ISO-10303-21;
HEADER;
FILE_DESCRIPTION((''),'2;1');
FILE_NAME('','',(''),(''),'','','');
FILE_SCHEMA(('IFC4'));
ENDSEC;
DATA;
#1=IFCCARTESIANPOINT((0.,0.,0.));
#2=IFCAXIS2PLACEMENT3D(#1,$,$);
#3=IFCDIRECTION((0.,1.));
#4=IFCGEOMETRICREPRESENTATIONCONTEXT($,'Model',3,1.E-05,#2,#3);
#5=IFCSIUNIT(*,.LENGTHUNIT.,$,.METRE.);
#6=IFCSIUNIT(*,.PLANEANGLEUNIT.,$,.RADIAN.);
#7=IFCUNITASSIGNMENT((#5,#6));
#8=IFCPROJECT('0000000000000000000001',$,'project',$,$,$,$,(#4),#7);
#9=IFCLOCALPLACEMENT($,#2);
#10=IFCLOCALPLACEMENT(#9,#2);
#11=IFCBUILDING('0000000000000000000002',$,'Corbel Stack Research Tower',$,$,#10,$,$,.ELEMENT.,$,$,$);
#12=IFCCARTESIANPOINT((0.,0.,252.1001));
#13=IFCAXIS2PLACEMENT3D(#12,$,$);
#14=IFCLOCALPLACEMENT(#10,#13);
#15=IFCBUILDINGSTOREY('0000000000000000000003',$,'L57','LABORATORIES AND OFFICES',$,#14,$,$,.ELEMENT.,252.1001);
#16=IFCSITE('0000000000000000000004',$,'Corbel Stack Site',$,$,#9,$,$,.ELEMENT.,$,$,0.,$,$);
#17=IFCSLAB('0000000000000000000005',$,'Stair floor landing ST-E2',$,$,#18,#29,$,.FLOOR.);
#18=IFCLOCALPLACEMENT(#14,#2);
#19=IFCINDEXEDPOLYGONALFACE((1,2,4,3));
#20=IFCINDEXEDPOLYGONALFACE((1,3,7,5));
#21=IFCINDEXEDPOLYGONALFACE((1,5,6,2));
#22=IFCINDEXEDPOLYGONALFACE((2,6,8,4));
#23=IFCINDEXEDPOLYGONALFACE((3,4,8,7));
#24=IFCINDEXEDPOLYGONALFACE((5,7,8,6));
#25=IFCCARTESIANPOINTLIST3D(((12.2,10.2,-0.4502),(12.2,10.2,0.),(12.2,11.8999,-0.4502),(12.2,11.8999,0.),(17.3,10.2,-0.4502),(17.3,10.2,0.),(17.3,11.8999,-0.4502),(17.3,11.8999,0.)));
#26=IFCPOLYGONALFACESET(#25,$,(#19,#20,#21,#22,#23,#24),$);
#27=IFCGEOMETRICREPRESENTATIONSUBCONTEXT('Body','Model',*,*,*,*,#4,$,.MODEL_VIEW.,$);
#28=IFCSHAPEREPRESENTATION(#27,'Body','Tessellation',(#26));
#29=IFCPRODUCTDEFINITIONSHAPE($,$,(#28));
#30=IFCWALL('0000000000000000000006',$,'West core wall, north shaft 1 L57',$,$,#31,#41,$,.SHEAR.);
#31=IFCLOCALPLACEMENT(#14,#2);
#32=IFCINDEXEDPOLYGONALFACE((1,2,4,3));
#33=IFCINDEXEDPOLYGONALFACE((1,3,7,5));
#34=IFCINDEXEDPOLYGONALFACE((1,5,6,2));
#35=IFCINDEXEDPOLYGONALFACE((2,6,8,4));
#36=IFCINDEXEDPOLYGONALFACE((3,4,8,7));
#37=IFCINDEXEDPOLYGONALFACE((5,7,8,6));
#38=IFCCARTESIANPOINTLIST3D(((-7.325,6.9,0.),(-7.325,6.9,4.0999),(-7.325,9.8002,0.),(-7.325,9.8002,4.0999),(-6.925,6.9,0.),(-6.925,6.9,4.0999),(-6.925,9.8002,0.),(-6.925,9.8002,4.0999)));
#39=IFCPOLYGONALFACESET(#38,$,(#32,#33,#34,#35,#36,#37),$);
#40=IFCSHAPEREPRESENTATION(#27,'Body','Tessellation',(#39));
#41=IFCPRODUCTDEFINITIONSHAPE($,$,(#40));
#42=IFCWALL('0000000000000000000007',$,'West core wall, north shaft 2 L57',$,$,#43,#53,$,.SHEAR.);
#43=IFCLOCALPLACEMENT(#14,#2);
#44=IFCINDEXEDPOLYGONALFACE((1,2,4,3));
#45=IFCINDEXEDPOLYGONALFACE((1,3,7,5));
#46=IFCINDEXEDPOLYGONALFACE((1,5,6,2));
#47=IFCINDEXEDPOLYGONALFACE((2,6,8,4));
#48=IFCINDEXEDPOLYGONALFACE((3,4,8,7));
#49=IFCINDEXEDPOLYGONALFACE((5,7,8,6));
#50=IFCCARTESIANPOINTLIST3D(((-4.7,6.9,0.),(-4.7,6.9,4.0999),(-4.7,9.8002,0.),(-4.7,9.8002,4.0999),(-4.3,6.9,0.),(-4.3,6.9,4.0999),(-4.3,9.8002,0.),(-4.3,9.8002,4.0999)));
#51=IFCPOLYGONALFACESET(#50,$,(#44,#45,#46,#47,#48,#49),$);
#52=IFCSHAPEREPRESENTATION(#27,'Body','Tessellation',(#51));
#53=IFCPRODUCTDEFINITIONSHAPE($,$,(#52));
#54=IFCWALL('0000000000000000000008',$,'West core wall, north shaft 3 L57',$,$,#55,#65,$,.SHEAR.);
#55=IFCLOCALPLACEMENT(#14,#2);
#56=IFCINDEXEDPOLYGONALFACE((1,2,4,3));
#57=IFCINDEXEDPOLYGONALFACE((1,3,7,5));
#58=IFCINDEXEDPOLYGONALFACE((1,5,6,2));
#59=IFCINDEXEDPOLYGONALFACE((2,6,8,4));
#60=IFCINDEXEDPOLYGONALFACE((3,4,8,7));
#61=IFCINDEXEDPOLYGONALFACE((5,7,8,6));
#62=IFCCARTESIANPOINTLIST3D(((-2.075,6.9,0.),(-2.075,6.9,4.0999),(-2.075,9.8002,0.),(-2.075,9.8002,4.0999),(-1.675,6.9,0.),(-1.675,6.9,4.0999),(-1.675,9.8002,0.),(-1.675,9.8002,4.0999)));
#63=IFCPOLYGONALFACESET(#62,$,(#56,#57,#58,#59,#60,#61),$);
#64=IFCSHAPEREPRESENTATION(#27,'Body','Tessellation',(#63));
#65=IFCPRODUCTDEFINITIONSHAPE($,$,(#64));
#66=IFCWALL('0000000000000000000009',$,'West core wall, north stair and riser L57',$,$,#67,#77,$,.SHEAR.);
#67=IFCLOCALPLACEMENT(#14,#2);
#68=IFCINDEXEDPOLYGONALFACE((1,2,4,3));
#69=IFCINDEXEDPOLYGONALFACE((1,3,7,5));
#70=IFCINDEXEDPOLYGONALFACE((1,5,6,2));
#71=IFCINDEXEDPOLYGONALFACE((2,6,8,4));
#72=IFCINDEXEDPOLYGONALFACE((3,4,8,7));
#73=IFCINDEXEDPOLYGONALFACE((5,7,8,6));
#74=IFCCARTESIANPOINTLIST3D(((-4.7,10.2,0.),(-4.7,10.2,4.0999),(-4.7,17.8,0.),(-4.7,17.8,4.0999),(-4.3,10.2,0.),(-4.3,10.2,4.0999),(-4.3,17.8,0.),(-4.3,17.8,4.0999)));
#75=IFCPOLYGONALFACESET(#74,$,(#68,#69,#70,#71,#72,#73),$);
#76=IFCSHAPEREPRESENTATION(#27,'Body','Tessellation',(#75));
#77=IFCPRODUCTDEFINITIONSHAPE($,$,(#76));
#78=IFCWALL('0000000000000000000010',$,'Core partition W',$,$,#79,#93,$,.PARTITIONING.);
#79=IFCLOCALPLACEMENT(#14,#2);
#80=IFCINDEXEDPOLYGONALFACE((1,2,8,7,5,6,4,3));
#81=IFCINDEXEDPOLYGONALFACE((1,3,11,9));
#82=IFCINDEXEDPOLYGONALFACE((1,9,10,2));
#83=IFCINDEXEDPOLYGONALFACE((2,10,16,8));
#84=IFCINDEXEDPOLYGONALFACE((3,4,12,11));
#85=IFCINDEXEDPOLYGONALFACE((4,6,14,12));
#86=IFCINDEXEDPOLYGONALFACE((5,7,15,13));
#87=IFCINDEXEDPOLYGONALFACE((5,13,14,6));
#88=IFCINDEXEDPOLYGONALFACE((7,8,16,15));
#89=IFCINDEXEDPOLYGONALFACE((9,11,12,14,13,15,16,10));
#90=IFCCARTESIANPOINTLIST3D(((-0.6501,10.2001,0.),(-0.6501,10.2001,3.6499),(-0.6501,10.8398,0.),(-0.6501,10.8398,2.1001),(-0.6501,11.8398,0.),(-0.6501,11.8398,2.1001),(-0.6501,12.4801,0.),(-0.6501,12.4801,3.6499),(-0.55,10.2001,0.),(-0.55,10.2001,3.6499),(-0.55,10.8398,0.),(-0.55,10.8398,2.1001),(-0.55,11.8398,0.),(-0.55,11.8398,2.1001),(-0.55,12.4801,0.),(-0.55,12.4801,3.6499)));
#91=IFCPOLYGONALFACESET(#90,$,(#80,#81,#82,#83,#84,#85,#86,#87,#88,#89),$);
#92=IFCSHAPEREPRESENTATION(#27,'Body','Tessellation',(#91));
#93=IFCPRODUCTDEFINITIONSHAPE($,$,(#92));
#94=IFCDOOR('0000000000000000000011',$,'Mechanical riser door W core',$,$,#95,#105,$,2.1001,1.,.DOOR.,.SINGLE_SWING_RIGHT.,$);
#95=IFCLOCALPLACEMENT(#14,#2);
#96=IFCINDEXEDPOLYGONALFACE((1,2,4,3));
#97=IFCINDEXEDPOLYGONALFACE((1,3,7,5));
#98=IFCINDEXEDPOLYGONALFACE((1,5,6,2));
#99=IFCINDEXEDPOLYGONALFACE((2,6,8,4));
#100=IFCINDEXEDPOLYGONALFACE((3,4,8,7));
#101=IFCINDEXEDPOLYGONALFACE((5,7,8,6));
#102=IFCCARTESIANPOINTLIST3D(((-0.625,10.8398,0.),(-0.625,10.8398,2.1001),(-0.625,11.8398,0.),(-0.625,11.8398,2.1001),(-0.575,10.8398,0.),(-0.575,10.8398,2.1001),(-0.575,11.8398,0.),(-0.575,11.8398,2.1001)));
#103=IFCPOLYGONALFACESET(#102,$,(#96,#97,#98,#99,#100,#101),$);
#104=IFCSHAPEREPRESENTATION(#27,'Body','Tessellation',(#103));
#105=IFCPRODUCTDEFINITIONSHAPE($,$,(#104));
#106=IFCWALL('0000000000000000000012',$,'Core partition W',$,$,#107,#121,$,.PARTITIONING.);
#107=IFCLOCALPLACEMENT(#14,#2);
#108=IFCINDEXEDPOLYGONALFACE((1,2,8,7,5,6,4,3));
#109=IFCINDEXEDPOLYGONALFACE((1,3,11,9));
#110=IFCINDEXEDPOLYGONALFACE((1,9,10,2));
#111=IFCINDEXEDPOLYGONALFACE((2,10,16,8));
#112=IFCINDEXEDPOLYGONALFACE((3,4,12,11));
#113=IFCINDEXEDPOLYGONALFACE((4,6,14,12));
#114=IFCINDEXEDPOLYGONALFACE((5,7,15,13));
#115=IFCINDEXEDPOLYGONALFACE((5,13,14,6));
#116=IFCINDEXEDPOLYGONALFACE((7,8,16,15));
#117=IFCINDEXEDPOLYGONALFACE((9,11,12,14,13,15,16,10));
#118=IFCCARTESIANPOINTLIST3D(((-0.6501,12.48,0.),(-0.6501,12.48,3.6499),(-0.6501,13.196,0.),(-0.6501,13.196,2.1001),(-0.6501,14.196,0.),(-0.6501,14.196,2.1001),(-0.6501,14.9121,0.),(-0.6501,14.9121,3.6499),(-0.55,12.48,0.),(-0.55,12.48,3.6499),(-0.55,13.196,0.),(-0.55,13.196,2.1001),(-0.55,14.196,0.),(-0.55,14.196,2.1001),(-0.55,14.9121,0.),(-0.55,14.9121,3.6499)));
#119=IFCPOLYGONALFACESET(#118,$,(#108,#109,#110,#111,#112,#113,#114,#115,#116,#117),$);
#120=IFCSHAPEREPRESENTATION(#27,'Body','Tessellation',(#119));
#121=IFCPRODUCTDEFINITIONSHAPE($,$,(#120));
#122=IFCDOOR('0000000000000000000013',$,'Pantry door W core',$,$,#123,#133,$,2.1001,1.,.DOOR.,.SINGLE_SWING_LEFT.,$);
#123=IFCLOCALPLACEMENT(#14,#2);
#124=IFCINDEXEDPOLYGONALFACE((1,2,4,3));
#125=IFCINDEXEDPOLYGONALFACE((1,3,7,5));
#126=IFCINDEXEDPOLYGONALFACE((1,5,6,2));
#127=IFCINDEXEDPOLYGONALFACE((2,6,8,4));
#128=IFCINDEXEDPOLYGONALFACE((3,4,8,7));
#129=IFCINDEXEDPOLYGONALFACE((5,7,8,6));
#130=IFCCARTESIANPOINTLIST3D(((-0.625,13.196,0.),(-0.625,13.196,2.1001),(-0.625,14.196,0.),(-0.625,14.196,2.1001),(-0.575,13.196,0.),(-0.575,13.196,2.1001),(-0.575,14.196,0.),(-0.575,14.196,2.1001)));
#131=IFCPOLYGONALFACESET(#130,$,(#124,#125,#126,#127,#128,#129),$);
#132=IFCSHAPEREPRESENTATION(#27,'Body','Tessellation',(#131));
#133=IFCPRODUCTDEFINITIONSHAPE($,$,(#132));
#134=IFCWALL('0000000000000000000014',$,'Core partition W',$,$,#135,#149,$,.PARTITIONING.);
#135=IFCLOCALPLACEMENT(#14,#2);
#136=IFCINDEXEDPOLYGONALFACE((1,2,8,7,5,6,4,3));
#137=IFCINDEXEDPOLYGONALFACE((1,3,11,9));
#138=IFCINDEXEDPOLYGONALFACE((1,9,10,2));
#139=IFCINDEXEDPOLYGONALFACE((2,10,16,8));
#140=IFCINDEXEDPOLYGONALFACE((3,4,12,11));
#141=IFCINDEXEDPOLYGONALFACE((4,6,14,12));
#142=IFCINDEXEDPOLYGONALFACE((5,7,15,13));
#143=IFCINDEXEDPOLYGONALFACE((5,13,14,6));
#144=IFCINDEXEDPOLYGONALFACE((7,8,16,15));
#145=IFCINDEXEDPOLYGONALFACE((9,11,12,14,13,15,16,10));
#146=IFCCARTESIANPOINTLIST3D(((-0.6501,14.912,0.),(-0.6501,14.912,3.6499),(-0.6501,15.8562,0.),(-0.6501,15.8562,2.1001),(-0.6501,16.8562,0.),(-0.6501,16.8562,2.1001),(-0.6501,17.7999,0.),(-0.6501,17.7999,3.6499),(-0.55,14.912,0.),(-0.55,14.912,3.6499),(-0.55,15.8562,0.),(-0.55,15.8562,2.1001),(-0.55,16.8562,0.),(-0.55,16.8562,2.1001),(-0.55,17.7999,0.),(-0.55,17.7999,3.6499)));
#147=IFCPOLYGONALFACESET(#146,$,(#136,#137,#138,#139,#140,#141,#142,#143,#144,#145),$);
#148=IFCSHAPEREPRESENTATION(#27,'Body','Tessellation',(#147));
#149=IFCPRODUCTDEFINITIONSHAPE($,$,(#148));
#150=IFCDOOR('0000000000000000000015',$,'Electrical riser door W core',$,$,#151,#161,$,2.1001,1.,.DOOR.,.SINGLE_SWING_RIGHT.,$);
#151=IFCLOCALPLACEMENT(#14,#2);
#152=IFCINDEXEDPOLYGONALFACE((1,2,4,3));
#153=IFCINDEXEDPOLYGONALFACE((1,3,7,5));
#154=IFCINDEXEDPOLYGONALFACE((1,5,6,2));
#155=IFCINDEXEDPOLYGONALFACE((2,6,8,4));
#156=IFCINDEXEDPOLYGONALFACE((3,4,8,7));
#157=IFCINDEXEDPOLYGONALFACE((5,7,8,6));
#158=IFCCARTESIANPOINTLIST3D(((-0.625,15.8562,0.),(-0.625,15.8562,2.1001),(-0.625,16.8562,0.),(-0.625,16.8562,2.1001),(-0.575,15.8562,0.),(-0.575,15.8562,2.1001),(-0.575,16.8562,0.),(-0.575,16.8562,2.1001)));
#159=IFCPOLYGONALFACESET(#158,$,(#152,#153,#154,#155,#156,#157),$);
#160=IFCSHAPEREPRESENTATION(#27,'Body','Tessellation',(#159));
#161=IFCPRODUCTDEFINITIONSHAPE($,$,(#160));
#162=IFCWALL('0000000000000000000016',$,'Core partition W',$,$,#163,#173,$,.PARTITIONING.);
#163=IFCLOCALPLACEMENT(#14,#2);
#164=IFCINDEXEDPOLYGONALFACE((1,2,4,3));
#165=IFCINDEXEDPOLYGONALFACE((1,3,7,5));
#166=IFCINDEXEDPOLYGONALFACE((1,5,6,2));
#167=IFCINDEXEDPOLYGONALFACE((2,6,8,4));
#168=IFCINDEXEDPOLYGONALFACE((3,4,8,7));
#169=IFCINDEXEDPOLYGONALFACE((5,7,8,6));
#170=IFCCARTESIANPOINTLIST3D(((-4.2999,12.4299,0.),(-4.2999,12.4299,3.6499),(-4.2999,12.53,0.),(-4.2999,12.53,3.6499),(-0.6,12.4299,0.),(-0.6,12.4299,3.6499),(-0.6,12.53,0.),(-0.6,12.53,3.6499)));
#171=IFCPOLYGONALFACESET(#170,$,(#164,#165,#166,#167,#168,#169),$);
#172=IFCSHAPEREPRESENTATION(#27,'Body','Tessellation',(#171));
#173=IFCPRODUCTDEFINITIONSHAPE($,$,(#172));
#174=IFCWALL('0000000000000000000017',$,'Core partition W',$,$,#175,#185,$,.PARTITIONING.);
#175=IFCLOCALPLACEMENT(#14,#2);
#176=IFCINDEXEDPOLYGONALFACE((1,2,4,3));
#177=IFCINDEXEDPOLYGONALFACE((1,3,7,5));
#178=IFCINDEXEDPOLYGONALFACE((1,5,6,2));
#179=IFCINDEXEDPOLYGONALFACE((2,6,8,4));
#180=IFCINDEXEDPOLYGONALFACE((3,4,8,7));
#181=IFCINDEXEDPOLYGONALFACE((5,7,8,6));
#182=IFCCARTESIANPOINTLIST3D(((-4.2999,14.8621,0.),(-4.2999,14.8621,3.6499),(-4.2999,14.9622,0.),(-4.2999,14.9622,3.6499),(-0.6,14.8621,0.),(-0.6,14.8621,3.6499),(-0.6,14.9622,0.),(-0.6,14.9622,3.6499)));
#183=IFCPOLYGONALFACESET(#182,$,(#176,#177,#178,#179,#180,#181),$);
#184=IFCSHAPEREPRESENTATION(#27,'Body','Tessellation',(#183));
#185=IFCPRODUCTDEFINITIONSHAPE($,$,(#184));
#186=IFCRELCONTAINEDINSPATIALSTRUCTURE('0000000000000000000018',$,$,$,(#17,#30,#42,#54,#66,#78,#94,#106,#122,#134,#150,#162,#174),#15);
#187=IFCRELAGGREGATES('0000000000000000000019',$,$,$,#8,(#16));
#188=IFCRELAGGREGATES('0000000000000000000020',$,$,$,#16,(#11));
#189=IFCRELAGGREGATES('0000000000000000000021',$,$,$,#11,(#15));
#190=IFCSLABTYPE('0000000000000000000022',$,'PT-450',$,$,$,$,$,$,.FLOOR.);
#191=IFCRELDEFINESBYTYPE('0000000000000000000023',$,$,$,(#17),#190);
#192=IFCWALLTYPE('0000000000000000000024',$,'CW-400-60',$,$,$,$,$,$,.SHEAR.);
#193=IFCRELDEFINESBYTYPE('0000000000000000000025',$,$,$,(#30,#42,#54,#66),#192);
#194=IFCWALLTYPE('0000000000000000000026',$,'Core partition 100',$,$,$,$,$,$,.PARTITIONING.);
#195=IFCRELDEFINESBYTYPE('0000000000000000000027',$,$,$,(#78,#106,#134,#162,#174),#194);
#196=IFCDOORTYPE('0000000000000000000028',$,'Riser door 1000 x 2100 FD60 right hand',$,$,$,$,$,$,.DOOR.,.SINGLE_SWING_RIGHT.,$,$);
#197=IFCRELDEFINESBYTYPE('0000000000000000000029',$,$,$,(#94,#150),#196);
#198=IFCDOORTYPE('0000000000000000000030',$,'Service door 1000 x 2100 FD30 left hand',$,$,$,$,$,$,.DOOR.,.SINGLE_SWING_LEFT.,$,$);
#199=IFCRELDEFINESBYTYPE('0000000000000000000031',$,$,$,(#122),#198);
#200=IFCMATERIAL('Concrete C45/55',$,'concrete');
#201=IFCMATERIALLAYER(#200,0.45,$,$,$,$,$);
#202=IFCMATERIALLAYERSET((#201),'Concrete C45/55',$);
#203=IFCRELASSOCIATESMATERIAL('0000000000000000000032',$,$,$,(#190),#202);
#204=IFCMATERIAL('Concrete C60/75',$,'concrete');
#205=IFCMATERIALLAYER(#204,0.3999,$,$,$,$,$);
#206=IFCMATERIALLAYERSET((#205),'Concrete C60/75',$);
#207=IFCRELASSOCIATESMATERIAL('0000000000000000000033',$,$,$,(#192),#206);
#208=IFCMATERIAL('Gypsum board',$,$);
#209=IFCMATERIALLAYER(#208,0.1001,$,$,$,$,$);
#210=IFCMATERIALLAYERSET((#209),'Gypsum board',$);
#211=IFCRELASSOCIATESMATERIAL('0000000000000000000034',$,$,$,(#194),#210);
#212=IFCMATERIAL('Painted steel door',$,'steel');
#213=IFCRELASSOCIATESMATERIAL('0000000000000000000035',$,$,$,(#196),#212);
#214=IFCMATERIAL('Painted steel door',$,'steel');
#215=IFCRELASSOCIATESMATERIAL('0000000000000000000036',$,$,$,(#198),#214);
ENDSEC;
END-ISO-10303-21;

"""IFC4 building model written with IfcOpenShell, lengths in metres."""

from ifc_helpers import new_model, si_unit, direction, frame, frame_2d, origin, place, context, subcontext, project, spatial, polyline, rectangle, outline, extrude, material, layer, layer_set, type_object, element, fill, save


model = new_model("IFC4")

# Units and contexts
model_context = context("Model", 3, precision=1e-05, world=origin(), true_north=direction((0.0, 1.0)))
body_context = subcontext(model_context, "Body", "Model", "MODEL_VIEW")
ifc_project = project(units=[si_unit("LENGTHUNIT", "METRE"), si_unit("PLANEANGLEUNIT", "RADIAN")], contexts=[model_context])

# Site, building, storey
site_placement = place(None, origin())
site = spatial("IfcSite", under=ifc_project, at=site_placement, Name="Corbel Stack Site", CompositionType="ELEMENT", RefElevation=0.0)
building_placement = place(site_placement, origin())
building = spatial("IfcBuilding", under=site, at=building_placement, Name="Corbel Stack Research Tower", CompositionType="ELEMENT")
storey_placement = place(building_placement, frame((0.0, 0.0, 252.1001)))
storey = spatial("IfcBuildingStorey", under=building, at=storey_placement, Name="L57", Description="LABORATORIES AND OFFICES", CompositionType="ELEMENT", Elevation=252.1001)

# Slab
ifc_material_1 = material(Name="Concrete C45/55", Category="concrete")
ifc_layer_1 = layer(ifc_material_1, 0.45)
ifc_layer_set_1 = layer_set([ifc_layer_1], Name="Concrete C45/55")
slab_type = type_object("IfcSlabType", Name="PT-450", PredefinedType="FLOOR", material=ifc_layer_set_1)
slab_placement = place(storey_placement, frame((0.0, 0.0, -0.4502)))
element("IfcSlab", 1, at=slab_placement, inside=storey, type_object=slab_type, Name="Stair floor landing ST-E2", PredefinedType="FLOOR", context=body_context, shape_type="SweptSolid", body=[
    extrude(outline(polyline([(12.2, 10.2), (17.3, 10.2), (17.3, 11.8999), (12.2, 11.8999), (12.2, 10.2)])), origin(), (0.0, 0.0, 1.0), 0.4502),
])

# Walls
ifc_material_2 = material(Name="Concrete C60/75", Category="concrete")
ifc_layer_2 = layer(ifc_material_2, 0.3999)
ifc_layer_set_2 = layer_set([ifc_layer_2], Name="Concrete C60/75")
wall_type_1 = type_object("IfcWallType", Name="CW-400-60", PredefinedType="SHEAR", material=ifc_layer_set_2)
for number, where, z_axis, x_axis, name in (
    (2, (-7.125, 6.8999, 0.0), (0.0, 0.0, 1.0), (0.0, 1.0, 0.0), "West core wall, north shaft 1 L57"),
    (3, (-4.5, 6.8999, 0.0), (0.0, 0.0, 1.0), (0.0, 1.0, 0.0), "West core wall, north shaft 2 L57"),
    (4, (-1.875, 6.8999, 0.0), (0.0, 0.0, 1.0), (0.0, 1.0, 0.0), "West core wall, north shaft 3 L57"),
):
    element("IfcWall", number, at=place(storey_placement, frame(where, z_axis=z_axis, x_axis=x_axis)), inside=storey, type_object=wall_type_1, Name=name, PredefinedType="SHEAR", context=body_context, shape_type="SweptSolid", body=[
        extrude(rectangle(XDim=2.9001, YDim=0.3999, at=frame_2d((1.4502, 0.0))), origin(), (0.0, 0.0, 1.0), 4.0999),
    ])
wall_1_placement = place(storey_placement, frame((-4.5, 10.2, 0.0), z_axis=(0.0, 0.0, 1.0), x_axis=(0.0, 1.0, 0.0)))
element("IfcWall", 5, at=wall_1_placement, inside=storey, type_object=wall_type_1, Name="West core wall, north stair and riser L57", PredefinedType="SHEAR", context=body_context, shape_type="SweptSolid", body=[
    extrude(rectangle(XDim=7.6001, YDim=0.3999, at=frame_2d((3.8, 0.0))), origin(), (0.0, 0.0, 1.0), 4.0999),
])

# Walls, openings, doors
ifc_material_3 = material(Name="Gypsum board")
ifc_layer_3 = layer(ifc_material_3, 0.1001)
ifc_layer_set_3 = layer_set([ifc_layer_3], Name="Gypsum board")
wall_type_2 = type_object("IfcWallType", Name="Core partition 100", PredefinedType="PARTITIONING", material=ifc_layer_set_3)
wall_2_placement = place(storey_placement, frame((-0.6001, 10.2, 0.0), z_axis=(0.0, 0.0, 1.0), x_axis=(0.0, 1.0, 0.0)))
wall_2 = element("IfcWall", 6, at=wall_2_placement, inside=storey, type_object=wall_type_2, Name="Core partition W", PredefinedType="PARTITIONING", context=body_context, shape_type="SweptSolid", body=[
    extrude(rectangle(XDim=2.28, YDim=0.1001, at=frame_2d((1.1401, 0.0))), origin(), (0.0, 0.0, 1.0), 3.6499),
])
opening_1_placement = place(wall_2_placement, frame((0.6399, 0.0, 0.0)))
opening_1 = element("IfcOpeningElement", 7, at=opening_1_placement, cuts=wall_2, PredefinedType="OPENING", context=body_context, shape_type="SweptSolid", body=[
    extrude(rectangle(XDim=1.0, YDim=2.1001, at=frame_2d((0.5, 1.05))), frame((0.0, 0.0601, 0.0), z_axis=(0.0, -1.0, 0.0), x_axis=(1.0, 0.0, 0.0)), (0.0, 0.0, 1.0), 0.1201),
])
ifc_material_4 = material(Name="Painted steel door", Category="steel")
door_type_1 = type_object("IfcDoorType", Name="Riser door 1000 x 2100 FD60 right hand", OperationType="SINGLE_SWING_RIGHT", PredefinedType="DOOR", material=ifc_material_4)
door_1_placement = place(opening_1_placement, origin())
door_1 = element("IfcDoor", 8, at=door_1_placement, inside=storey, type_object=door_type_1, Name="Mechanical riser door W core", OperationType="SINGLE_SWING_RIGHT", OverallHeight=2.1001, OverallWidth=1.0, PredefinedType="DOOR", context=body_context, shape_type="SweptSolid", body=[
    extrude(rectangle(XDim=1.0, YDim=2.1001, at=frame_2d((0.5, 1.05))), frame((0.0, 0.0249, 0.0), z_axis=(0.0, -1.0, 0.0), x_axis=(1.0, 0.0, 0.0)), (0.0, 0.0, 1.0), 0.05),
])
fill(opening_1, door_1)
wall_3_placement = place(storey_placement, frame((-0.6001, 12.48, 0.0), z_axis=(0.0, 0.0, 1.0), x_axis=(0.0, 1.0, 0.0)))
wall_3 = element("IfcWall", 9, at=wall_3_placement, inside=storey, type_object=wall_type_2, Name="Core partition W", PredefinedType="PARTITIONING", context=body_context, shape_type="SweptSolid", body=[
    extrude(rectangle(XDim=2.4321, YDim=0.1001, at=frame_2d((1.2161, 0.0))), origin(), (0.0, 0.0, 1.0), 3.6499),
])
opening_2_placement = place(wall_3_placement, frame((0.7161, 0.0, 0.0)))
opening_2 = element("IfcOpeningElement", 10, at=opening_2_placement, cuts=wall_3, PredefinedType="OPENING", context=body_context, shape_type="SweptSolid", body=[
    extrude(rectangle(XDim=1.0, YDim=2.1001, at=frame_2d((0.5, 1.05))), frame((0.0, 0.0601, 0.0), z_axis=(0.0, -1.0, 0.0), x_axis=(1.0, 0.0, 0.0)), (0.0, 0.0, 1.0), 0.1201),
])
ifc_material_5 = material(Name="Painted steel door", Category="steel")
door_type_2 = type_object("IfcDoorType", Name="Service door 1000 x 2100 FD30 left hand", OperationType="SINGLE_SWING_LEFT", PredefinedType="DOOR", material=ifc_material_5)
door_2_placement = place(opening_2_placement, origin())
door_2 = element("IfcDoor", 11, at=door_2_placement, inside=storey, type_object=door_type_2, Name="Pantry door W core", OperationType="SINGLE_SWING_LEFT", OverallHeight=2.1001, OverallWidth=1.0, PredefinedType="DOOR", context=body_context, shape_type="SweptSolid", body=[
    extrude(rectangle(XDim=1.0, YDim=2.1001, at=frame_2d((0.5, 1.05))), frame((0.0, 0.0249, 0.0), z_axis=(0.0, -1.0, 0.0), x_axis=(1.0, 0.0, 0.0)), (0.0, 0.0, 1.0), 0.05),
])
fill(opening_2, door_2)
wall_4_placement = place(storey_placement, frame((-0.6001, 14.9121, 0.0), z_axis=(0.0, 0.0, 1.0), x_axis=(0.0, 1.0, 0.0)))
wall_4 = element("IfcWall", 12, at=wall_4_placement, inside=storey, type_object=wall_type_2, Name="Core partition W", PredefinedType="PARTITIONING", context=body_context, shape_type="SweptSolid", body=[
    extrude(rectangle(XDim=2.8879, YDim=0.1001, at=frame_2d((1.4438, 0.0))), origin(), (0.0, 0.0, 1.0), 3.6499),
])
opening_3_placement = place(wall_4_placement, frame((0.9441, 0.0, 0.0)))
opening_3 = element("IfcOpeningElement", 13, at=opening_3_placement, cuts=wall_4, PredefinedType="OPENING", context=body_context, shape_type="SweptSolid", body=[
    extrude(rectangle(XDim=1.0, YDim=2.1001, at=frame_2d((0.5, 1.05))), frame((0.0, 0.0601, 0.0), z_axis=(0.0, -1.0, 0.0), x_axis=(1.0, 0.0, 0.0)), (0.0, 0.0, 1.0), 0.1201),
])
door_3_placement = place(opening_3_placement, origin())
door_3 = element("IfcDoor", 14, at=door_3_placement, inside=storey, type_object=door_type_1, Name="Electrical riser door W core", OperationType="SINGLE_SWING_RIGHT", OverallHeight=2.1001, OverallWidth=1.0, PredefinedType="DOOR", context=body_context, shape_type="SweptSolid", body=[
    extrude(rectangle(XDim=1.0, YDim=2.1001, at=frame_2d((0.5, 1.05))), frame((0.0, 0.0249, 0.0), z_axis=(0.0, -1.0, 0.0), x_axis=(1.0, 0.0, 0.0)), (0.0, 0.0, 1.0), 0.05),
])
fill(opening_3, door_3)

# Walls
for number, where, z_axis, x_axis, name in (
    (15, (-4.3, 12.48, 0.0), (0.0, 0.0, 1.0), (1.0, 0.0, 0.0), "Core partition W"),
    (16, (-4.3, 14.9121, 0.0), (0.0, 0.0, 1.0), (1.0, 0.0, 0.0), "Core partition W"),
):
    element("IfcWall", number, at=place(storey_placement, frame(where, z_axis=z_axis, x_axis=x_axis)), inside=storey, type_object=wall_type_2, Name=name, PredefinedType="PARTITIONING", context=body_context, shape_type="SweptSolid", body=[
        extrude(rectangle(XDim=3.7, YDim=0.1001, at=frame_2d((1.8501, 0.0))), origin(), (0.0, 0.0, 1.0), 3.6499),
    ])

save(model, "model.ifc")
